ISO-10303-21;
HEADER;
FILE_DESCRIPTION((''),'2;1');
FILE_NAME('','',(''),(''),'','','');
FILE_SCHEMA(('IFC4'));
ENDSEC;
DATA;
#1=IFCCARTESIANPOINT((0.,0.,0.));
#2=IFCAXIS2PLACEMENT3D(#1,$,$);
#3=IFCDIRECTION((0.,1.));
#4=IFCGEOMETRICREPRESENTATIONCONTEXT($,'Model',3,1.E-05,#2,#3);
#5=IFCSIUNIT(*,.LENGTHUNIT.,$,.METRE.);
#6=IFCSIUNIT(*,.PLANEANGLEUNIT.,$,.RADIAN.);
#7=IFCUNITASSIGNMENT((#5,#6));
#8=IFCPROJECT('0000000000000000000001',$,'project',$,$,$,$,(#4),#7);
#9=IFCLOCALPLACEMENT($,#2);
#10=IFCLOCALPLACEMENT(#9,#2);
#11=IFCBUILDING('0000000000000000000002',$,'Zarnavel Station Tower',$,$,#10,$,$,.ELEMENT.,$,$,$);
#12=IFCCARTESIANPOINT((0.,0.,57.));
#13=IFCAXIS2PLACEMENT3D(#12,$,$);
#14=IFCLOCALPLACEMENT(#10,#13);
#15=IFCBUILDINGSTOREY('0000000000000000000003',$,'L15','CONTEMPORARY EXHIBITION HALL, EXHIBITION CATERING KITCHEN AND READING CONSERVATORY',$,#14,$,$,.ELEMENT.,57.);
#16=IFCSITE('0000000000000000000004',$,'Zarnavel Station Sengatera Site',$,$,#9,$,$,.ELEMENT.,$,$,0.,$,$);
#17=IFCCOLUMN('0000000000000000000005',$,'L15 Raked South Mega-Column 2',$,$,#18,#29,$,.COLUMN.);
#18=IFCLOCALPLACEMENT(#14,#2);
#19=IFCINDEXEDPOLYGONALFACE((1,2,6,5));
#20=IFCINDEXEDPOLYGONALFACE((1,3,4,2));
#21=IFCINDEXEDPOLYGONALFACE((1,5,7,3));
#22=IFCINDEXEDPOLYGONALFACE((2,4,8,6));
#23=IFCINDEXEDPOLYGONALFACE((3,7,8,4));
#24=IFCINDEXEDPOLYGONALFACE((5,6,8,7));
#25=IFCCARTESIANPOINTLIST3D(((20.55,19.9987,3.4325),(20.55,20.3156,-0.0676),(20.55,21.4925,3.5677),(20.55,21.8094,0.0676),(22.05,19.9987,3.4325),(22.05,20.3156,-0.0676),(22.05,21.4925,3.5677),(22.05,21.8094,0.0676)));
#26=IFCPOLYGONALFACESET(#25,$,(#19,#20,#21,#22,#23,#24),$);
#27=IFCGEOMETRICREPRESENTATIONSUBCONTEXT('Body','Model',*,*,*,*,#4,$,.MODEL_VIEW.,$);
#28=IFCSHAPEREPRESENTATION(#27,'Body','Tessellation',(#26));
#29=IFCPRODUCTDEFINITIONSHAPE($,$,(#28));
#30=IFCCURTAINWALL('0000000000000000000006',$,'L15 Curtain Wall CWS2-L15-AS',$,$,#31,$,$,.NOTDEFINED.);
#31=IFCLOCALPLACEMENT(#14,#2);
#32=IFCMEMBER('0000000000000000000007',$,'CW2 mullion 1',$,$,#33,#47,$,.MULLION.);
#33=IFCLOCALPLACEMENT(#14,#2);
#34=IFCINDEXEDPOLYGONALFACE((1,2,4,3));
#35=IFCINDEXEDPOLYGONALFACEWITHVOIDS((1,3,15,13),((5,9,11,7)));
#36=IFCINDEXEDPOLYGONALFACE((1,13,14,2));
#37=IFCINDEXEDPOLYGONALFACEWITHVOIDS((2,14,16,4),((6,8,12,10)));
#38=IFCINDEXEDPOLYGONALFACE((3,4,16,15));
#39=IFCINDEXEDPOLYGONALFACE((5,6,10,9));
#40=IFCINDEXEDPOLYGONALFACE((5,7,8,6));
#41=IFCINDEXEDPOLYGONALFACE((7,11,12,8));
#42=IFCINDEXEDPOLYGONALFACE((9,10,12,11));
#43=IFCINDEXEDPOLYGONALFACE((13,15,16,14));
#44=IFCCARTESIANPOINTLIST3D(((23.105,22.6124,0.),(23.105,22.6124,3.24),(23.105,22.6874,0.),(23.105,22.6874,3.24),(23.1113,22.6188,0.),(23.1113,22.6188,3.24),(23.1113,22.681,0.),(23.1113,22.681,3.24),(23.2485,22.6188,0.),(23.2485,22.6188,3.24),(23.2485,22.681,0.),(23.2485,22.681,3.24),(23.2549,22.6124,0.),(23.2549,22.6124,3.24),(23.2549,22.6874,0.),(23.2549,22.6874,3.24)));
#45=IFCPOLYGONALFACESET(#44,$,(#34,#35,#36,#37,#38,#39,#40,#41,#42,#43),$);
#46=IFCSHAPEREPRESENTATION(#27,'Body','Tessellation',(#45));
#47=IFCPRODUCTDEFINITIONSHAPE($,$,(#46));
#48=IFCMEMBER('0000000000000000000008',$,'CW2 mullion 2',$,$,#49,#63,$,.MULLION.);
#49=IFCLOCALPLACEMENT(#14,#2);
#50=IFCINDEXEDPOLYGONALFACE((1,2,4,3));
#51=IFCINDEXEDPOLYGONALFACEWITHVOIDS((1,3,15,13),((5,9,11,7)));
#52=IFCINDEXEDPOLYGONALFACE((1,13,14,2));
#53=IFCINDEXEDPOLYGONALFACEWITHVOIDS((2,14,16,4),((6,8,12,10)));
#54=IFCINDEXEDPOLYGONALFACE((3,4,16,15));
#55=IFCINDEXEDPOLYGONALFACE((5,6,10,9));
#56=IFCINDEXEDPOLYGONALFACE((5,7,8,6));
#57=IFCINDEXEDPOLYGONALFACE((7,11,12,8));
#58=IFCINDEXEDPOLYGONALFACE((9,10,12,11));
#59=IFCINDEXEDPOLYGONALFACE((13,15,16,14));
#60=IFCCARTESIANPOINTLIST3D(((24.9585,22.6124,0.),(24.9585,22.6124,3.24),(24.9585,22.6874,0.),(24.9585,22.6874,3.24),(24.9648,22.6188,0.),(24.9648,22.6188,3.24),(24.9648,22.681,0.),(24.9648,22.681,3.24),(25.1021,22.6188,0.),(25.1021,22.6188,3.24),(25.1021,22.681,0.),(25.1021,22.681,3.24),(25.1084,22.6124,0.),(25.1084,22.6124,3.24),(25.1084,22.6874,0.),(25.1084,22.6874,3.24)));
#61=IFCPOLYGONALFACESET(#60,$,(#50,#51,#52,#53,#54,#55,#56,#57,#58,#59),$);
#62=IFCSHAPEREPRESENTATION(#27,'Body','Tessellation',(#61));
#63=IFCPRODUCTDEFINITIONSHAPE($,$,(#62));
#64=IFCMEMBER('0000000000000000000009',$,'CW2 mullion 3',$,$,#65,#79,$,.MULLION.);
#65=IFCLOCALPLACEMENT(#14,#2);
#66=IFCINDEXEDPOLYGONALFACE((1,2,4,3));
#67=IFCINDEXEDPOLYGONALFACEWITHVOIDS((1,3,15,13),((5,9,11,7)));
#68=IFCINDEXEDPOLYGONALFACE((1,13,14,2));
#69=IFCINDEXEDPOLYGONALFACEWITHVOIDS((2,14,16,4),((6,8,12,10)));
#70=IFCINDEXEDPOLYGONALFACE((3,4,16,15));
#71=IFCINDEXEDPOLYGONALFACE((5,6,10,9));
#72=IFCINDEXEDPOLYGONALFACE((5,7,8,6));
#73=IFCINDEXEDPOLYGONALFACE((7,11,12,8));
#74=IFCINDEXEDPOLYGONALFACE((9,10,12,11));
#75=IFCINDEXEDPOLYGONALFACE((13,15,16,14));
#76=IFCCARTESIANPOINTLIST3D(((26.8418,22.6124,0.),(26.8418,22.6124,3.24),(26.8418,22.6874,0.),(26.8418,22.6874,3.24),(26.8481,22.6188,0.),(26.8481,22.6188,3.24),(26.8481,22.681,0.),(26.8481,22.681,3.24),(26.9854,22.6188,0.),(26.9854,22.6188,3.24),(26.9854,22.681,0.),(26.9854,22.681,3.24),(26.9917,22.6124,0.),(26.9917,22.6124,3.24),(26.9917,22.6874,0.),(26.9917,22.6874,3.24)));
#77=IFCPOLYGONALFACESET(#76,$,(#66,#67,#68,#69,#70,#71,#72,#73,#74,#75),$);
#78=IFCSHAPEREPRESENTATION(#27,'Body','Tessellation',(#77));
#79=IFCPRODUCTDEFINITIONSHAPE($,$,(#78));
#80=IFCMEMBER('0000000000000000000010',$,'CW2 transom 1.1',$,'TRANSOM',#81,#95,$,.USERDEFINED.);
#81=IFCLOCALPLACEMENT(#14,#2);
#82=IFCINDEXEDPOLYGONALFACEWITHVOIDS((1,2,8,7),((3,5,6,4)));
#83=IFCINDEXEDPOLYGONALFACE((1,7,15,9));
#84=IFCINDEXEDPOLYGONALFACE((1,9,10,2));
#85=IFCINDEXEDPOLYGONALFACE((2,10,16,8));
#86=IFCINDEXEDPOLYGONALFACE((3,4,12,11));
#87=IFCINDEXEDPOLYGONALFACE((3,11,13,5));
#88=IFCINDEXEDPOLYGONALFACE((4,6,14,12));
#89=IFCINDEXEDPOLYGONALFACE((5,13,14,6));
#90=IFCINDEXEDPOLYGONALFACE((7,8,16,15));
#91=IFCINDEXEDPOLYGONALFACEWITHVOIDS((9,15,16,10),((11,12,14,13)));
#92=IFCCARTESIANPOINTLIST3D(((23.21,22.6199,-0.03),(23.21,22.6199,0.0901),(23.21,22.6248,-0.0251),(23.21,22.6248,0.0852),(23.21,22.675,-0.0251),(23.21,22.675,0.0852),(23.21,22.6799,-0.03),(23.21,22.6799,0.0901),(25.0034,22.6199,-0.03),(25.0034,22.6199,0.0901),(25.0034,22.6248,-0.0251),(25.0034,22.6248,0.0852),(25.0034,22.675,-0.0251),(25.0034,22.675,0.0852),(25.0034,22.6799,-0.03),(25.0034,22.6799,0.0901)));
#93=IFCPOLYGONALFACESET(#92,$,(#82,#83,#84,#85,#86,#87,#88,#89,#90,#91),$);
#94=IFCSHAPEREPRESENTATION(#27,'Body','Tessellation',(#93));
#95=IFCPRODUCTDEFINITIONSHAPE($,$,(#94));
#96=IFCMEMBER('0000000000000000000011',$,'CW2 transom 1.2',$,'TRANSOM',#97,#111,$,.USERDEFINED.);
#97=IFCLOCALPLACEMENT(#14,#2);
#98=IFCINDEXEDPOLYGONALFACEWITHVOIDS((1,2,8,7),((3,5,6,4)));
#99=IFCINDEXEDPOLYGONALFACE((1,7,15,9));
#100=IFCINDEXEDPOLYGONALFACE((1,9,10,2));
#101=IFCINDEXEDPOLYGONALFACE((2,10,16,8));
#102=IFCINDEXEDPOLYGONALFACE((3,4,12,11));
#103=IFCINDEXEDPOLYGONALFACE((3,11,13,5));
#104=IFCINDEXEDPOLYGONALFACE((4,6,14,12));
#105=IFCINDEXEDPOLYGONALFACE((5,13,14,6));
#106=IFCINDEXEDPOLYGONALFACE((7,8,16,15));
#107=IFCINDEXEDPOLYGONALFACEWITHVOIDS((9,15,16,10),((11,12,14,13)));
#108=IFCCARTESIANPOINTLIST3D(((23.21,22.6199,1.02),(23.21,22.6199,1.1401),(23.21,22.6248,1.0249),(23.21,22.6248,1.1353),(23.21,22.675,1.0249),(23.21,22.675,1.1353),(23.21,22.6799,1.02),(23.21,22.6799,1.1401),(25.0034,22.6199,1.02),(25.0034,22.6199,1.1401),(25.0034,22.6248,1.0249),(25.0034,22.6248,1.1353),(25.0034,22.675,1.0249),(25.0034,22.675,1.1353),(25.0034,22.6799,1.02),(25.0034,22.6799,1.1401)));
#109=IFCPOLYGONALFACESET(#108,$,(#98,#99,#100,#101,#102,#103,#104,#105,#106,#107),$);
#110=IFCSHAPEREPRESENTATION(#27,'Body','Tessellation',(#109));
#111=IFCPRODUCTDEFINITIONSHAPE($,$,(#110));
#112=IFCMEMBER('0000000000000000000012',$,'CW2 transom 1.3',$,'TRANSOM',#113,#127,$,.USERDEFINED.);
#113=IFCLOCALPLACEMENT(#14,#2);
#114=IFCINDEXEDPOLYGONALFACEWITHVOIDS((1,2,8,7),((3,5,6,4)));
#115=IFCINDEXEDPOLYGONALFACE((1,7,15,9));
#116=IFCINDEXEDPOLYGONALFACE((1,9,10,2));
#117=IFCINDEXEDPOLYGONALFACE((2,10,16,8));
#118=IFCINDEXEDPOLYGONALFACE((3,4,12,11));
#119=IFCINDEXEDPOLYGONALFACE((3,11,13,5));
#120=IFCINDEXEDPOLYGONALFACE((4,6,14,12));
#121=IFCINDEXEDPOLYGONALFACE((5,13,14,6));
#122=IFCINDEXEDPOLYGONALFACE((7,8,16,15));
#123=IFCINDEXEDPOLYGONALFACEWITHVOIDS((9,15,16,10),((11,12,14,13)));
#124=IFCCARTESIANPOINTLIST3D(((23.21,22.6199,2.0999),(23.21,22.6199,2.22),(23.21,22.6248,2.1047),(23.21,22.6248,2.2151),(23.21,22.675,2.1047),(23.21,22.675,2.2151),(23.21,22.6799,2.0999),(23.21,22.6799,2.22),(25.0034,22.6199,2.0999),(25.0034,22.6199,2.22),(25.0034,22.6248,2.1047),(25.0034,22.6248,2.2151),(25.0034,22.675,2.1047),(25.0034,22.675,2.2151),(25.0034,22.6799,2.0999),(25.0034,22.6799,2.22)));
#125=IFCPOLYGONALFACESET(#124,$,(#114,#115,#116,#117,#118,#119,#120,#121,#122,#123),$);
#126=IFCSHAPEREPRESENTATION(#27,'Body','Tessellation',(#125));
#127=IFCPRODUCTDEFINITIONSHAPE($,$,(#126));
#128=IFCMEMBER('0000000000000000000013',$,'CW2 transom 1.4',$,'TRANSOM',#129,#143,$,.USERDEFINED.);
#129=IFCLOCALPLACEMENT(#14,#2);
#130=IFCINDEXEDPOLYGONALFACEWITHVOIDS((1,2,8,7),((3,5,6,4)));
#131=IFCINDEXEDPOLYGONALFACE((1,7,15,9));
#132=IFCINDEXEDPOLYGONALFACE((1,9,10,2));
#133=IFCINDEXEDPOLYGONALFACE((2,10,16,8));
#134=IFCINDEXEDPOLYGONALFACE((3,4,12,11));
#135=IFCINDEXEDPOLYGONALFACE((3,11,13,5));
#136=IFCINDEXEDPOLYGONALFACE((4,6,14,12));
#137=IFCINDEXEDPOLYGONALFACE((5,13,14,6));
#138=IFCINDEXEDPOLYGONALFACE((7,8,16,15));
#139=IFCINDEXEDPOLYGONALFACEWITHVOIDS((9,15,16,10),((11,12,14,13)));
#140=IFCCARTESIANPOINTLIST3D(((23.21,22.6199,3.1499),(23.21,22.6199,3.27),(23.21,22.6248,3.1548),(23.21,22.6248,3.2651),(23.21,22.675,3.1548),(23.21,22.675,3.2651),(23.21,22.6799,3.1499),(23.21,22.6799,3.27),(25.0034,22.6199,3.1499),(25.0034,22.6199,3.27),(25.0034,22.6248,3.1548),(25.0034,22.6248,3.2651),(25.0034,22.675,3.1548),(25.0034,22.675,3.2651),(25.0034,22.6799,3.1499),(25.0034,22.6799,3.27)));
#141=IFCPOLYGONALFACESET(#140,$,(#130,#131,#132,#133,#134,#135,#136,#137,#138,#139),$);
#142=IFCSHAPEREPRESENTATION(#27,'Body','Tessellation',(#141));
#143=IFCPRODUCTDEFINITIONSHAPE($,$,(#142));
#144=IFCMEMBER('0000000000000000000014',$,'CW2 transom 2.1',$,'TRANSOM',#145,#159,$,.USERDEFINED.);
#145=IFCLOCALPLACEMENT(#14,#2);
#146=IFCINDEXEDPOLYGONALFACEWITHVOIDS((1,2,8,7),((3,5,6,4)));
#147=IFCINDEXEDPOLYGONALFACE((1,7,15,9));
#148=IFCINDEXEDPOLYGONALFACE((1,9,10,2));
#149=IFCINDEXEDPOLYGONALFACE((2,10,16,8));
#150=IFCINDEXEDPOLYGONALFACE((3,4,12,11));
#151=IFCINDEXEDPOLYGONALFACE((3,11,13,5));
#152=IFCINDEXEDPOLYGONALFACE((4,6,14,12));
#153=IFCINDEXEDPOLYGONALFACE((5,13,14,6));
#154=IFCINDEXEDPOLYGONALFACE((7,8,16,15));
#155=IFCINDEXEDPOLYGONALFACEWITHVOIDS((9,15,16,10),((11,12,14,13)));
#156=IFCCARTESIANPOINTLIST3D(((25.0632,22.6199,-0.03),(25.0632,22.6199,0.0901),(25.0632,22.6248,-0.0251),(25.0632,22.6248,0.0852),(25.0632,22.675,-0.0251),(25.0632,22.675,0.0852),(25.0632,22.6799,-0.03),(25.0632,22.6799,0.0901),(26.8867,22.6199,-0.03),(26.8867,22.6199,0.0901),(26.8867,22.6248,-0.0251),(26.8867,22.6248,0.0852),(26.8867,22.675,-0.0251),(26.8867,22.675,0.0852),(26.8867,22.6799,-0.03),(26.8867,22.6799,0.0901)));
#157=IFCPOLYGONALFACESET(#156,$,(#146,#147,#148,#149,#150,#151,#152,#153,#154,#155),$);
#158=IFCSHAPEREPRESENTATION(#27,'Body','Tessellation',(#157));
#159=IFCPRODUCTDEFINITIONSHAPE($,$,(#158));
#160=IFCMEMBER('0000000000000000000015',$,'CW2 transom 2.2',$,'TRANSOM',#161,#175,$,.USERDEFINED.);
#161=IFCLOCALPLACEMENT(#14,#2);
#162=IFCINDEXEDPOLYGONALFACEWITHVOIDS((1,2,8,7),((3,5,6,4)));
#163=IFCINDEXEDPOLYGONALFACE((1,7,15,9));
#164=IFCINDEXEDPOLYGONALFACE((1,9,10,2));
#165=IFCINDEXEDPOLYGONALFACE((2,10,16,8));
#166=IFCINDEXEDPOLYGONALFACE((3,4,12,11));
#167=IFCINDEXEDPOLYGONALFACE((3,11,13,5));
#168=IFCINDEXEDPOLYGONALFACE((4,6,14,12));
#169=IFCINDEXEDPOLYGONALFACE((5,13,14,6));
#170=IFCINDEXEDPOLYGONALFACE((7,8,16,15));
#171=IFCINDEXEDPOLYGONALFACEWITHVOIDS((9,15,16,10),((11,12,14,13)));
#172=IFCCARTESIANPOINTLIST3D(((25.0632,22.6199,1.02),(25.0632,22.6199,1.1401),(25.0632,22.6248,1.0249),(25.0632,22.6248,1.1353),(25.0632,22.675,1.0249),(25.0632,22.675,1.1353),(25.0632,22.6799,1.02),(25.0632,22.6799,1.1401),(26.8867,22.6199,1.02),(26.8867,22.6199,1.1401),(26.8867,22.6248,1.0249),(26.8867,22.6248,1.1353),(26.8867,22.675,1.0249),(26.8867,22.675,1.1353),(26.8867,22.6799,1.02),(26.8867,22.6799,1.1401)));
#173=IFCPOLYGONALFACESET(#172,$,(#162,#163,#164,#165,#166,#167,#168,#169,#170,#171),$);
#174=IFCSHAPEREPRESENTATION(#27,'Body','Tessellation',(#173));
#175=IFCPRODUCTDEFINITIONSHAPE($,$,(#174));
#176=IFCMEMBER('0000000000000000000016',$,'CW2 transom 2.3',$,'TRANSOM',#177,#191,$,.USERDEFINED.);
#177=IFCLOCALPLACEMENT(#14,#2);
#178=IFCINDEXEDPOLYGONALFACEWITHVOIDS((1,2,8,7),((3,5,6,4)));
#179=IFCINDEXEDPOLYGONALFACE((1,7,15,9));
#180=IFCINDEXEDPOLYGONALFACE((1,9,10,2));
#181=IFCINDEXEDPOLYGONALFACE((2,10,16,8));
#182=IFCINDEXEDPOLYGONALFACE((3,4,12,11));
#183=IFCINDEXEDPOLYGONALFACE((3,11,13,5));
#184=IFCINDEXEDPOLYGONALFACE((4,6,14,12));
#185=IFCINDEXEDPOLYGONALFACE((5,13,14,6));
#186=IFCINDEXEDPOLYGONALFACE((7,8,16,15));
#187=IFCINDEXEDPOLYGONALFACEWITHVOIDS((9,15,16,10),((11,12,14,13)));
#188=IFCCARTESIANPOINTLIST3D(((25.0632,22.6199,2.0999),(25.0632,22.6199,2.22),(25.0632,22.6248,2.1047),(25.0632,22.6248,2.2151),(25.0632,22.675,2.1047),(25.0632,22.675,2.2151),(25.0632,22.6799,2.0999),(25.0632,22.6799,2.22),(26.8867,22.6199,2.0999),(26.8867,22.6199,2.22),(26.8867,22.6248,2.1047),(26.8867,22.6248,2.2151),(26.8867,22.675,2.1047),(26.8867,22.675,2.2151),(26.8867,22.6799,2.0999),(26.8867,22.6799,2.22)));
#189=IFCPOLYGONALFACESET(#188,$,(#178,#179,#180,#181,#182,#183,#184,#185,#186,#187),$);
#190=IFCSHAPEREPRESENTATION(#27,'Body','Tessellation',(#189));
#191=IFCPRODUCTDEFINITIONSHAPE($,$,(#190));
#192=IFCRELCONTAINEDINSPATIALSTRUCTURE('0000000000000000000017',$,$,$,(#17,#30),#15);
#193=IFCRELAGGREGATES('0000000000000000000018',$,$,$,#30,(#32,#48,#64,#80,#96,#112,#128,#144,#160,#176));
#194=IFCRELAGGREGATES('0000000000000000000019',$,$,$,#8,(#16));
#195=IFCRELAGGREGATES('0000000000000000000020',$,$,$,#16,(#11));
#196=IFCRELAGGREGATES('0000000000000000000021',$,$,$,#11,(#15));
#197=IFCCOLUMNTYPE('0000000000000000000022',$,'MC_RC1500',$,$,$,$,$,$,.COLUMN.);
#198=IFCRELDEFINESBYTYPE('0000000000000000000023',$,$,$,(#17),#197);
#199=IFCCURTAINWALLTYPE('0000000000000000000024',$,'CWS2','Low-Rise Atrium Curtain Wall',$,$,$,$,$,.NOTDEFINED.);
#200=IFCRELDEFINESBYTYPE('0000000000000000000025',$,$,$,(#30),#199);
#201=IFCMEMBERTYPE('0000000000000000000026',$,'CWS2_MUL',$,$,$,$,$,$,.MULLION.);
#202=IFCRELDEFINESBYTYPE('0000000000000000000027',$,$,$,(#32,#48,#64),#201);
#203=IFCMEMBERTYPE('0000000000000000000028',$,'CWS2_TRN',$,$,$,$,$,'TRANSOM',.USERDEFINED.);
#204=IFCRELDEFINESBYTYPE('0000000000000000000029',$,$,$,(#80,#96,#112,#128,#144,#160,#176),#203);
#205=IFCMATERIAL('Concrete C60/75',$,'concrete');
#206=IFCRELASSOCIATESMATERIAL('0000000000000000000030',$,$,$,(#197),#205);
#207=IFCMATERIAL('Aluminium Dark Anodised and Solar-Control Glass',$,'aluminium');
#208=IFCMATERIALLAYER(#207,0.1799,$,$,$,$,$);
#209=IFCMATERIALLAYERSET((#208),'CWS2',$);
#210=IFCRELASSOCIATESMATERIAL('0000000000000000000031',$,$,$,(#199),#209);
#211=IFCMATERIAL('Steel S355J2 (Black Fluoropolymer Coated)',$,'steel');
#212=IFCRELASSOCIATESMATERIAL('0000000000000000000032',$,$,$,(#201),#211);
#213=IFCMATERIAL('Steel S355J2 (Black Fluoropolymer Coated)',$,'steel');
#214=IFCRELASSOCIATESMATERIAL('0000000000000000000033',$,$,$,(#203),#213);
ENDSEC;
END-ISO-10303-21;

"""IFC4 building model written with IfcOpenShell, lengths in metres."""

from ifc_helpers import new_model, si_unit, direction, frame, origin, origin_2d, place, context, subcontext, project, spatial, rectangle, hollow_rectangle, extrude, material, layer, layer_set, material_profile, profile_set, type_object, element, aggregate, save


model = new_model("IFC4")

# Units and contexts
model_context = context("Model", 3, precision=1e-05, world=origin(), true_north=direction((0.0, 1.0)))
body_context = subcontext(model_context, "Body", "Model", "MODEL_VIEW")
ifc_project = project(units=[si_unit("LENGTHUNIT", "METRE"), si_unit("PLANEANGLEUNIT", "RADIAN")], contexts=[model_context])

# Site, building, storey
site_placement = place(None, origin())
site = spatial("IfcSite", under=ifc_project, at=site_placement, Name="Zarnavel Station Sengatera Site", CompositionType="ELEMENT", RefElevation=0.0)
building_placement = place(site_placement, origin())
building = spatial("IfcBuilding", under=site, at=building_placement, Name="Zarnavel Station Tower", CompositionType="ELEMENT")
storey_placement = place(building_placement, frame((0.0, 0.0, 57.0)))
storey = spatial("IfcBuildingStorey", under=building, at=storey_placement, Name="L15", Description="CONTEMPORARY EXHIBITION HALL, EXHIBITION CATERING KITCHEN AND READING CONSERVATORY", CompositionType="ELEMENT", Elevation=57.0)

# Column
ifc_material_1 = material(Name="Concrete C60/75", Category="concrete")
ifc_material_profile_1 = material_profile(ifc_material_1, rectangle(XDim=1.5, YDim=1.5, at=origin_2d()), Name="RC1500x1500")
ifc_profile_set_1 = profile_set([ifc_material_profile_1], Name="Concrete C60/75")
column_type = type_object("IfcColumnType", Name="MC_RC1500", PredefinedType="COLUMN", material=ifc_profile_set_1)
column_placement = place(storey_placement, frame((21.3, 21.0625, 0.0), z_axis=(0.0, -0.090172, 0.995926), x_axis=(1.0, 0.0, 0.0)))
element("IfcColumn", 1, at=column_placement, inside=storey, type_object=column_type, Name="L15 Raked South Mega-Column 2", PredefinedType="COLUMN", context=body_context, shape_type="SweptSolid", body=[
    extrude(rectangle(XDim=1.5, YDim=1.5, at=origin_2d()), origin(), (0.0, 0.0, 1.0), 3.5144),
])

# Curtain wall, members
ifc_material_2 = material(Name="Aluminium Dark Anodised and Solar-Control Glass", Category="aluminium")
ifc_layer_1 = layer(ifc_material_2, 0.1799)
ifc_layer_set_1 = layer_set([ifc_layer_1], Name="CWS2")
curtain_wall_type = type_object("IfcCurtainWallType", Name="CWS2", Description="Low-Rise Atrium Curtain Wall", PredefinedType="NOTDEFINED", material=ifc_layer_set_1)
curtain_wall_placement = place(storey_placement, origin())
curtain_wall = element("IfcCurtainWall", 2, at=curtain_wall_placement, inside=storey, type_object=curtain_wall_type, Name="L15 Curtain Wall CWS2-L15-AS", PredefinedType="NOTDEFINED")
ifc_material_3 = material(Name="Steel S355J2 (Black Fluoropolymer Coated)", Category="steel")
ifc_material_profile_2 = material_profile(ifc_material_3, hollow_rectangle(XDim=0.075, YDim=0.1499, WallThickness=0.0063, at=origin_2d()), Name="RHS150x75x6.3")
ifc_profile_set_2 = profile_set([ifc_material_profile_2], Name="Steel S355J2 (Black Fluoropolymer Coated)")
member_type_1 = type_object("IfcMemberType", Name="CWS2_MUL", PredefinedType="MULLION", material=ifc_profile_set_2)
member_1_placement = place(storey_placement, frame((23.1799, 22.6499, 0.0), z_axis=(0.0, 0.0, 1.0), x_axis=(0.0, 1.0, 0.0)))
member_1 = element("IfcMember", 3, at=member_1_placement, type_object=member_type_1, Name="CW2 mullion 1", PredefinedType="MULLION", context=body_context, shape_type="SweptSolid", body=[
    extrude(hollow_rectangle(XDim=0.075, YDim=0.1499, WallThickness=0.0063, at=origin_2d()), origin(), (0.0, 0.0, 1.0), 3.24),
])
member_2_placement = place(storey_placement, frame((25.0334, 22.6499, 0.0), z_axis=(0.0, 0.0, 1.0), x_axis=(0.0, 1.0, 0.0)))
member_2 = element("IfcMember", 4, at=member_2_placement, type_object=member_type_1, Name="CW2 mullion 2", PredefinedType="MULLION", context=body_context, shape_type="SweptSolid", body=[
    extrude(hollow_rectangle(XDim=0.075, YDim=0.1499, WallThickness=0.0063, at=origin_2d()), origin(), (0.0, 0.0, 1.0), 3.24),
])
member_3_placement = place(storey_placement, frame((26.9167, 22.6499, 0.0), z_axis=(0.0, 0.0, 1.0), x_axis=(0.0, 1.0, 0.0)))
member_3 = element("IfcMember", 5, at=member_3_placement, type_object=member_type_1, Name="CW2 mullion 3", PredefinedType="MULLION", context=body_context, shape_type="SweptSolid", body=[
    extrude(hollow_rectangle(XDim=0.075, YDim=0.1499, WallThickness=0.0063, at=origin_2d()), origin(), (0.0, 0.0, 1.0), 3.24),
])
ifc_material_4 = material(Name="Steel S355J2 (Black Fluoropolymer Coated)", Category="steel")
ifc_material_profile_3 = material_profile(ifc_material_4, hollow_rectangle(XDim=0.0601, YDim=0.1201, WallThickness=0.0049, at=origin_2d()), Name="RHS120x60x5")
ifc_profile_set_3 = profile_set([ifc_material_profile_3], Name="Steel S355J2 (Black Fluoropolymer Coated)")
member_type_2 = type_object("IfcMemberType", Name="CWS2_TRN", ElementType="TRANSOM", PredefinedType="USERDEFINED", material=ifc_profile_set_3)
member_4_placement = place(storey_placement, frame((23.21, 22.6499, 0.03), z_axis=(1.0, 0.0, 0.0), x_axis=(0.0, 1.0, 0.0)))
member_4 = element("IfcMember", 6, at=member_4_placement, type_object=member_type_2, Name="CW2 transom 1.1", ObjectType="TRANSOM", PredefinedType="USERDEFINED", context=body_context, shape_type="SweptSolid", body=[
    extrude(hollow_rectangle(XDim=0.0601, YDim=0.1201, WallThickness=0.0049, at=origin_2d()), origin(), (0.0, 0.0, 1.0), 1.7935),
])
member_5_placement = place(storey_placement, frame((23.21, 22.6499, 1.0801), z_axis=(1.0, 0.0, 0.0), x_axis=(0.0, 1.0, 0.0)))
member_5 = element("IfcMember", 7, at=member_5_placement, type_object=member_type_2, Name="CW2 transom 1.2", ObjectType="TRANSOM", PredefinedType="USERDEFINED", context=body_context, shape_type="SweptSolid", body=[
    extrude(hollow_rectangle(XDim=0.0601, YDim=0.1201, WallThickness=0.0049, at=origin_2d()), origin(), (0.0, 0.0, 1.0), 1.7935),
])
member_6_placement = place(storey_placement, frame((23.21, 22.6499, 2.1599), z_axis=(1.0, 0.0, 0.0), x_axis=(0.0, 1.0, 0.0)))
member_6 = element("IfcMember", 8, at=member_6_placement, type_object=member_type_2, Name="CW2 transom 1.3", ObjectType="TRANSOM", PredefinedType="USERDEFINED", context=body_context, shape_type="SweptSolid", body=[
    extrude(hollow_rectangle(XDim=0.0601, YDim=0.1201, WallThickness=0.0049, at=origin_2d()), origin(), (0.0, 0.0, 1.0), 1.7935),
])
member_7_placement = place(storey_placement, frame((23.21, 22.6499, 3.21), z_axis=(1.0, 0.0, 0.0), x_axis=(0.0, 1.0, 0.0)))
member_7 = element("IfcMember", 9, at=member_7_placement, type_object=member_type_2, Name="CW2 transom 1.4", ObjectType="TRANSOM", PredefinedType="USERDEFINED", context=body_context, shape_type="SweptSolid", body=[
    extrude(hollow_rectangle(XDim=0.0601, YDim=0.1201, WallThickness=0.0049, at=origin_2d()), origin(), (0.0, 0.0, 1.0), 1.7935),
])
member_8_placement = place(storey_placement, frame((25.0632, 22.6499, 0.03), z_axis=(1.0, 0.0, 0.0), x_axis=(0.0, 1.0, 0.0)))
member_8 = element("IfcMember", 10, at=member_8_placement, type_object=member_type_2, Name="CW2 transom 2.1", ObjectType="TRANSOM", PredefinedType="USERDEFINED", context=body_context, shape_type="SweptSolid", body=[
    extrude(hollow_rectangle(XDim=0.0601, YDim=0.1201, WallThickness=0.0049, at=origin_2d()), origin(), (0.0, 0.0, 1.0), 1.8235),
])
member_9_placement = place(storey_placement, frame((25.0632, 22.6499, 1.0801), z_axis=(1.0, 0.0, 0.0), x_axis=(0.0, 1.0, 0.0)))
member_9 = element("IfcMember", 11, at=member_9_placement, type_object=member_type_2, Name="CW2 transom 2.2", ObjectType="TRANSOM", PredefinedType="USERDEFINED", context=body_context, shape_type="SweptSolid", body=[
    extrude(hollow_rectangle(XDim=0.0601, YDim=0.1201, WallThickness=0.0049, at=origin_2d()), origin(), (0.0, 0.0, 1.0), 1.8235),
])
member_10_placement = place(storey_placement, frame((25.0632, 22.6499, 2.1599), z_axis=(1.0, 0.0, 0.0), x_axis=(0.0, 1.0, 0.0)))
member_10 = element("IfcMember", 12, at=member_10_placement, type_object=member_type_2, Name="CW2 transom 2.3", ObjectType="TRANSOM", PredefinedType="USERDEFINED", context=body_context, shape_type="SweptSolid", body=[
    extrude(hollow_rectangle(XDim=0.0601, YDim=0.1201, WallThickness=0.0049, at=origin_2d()), origin(), (0.0, 0.0, 1.0), 1.8235),
])

aggregate(curtain_wall, [member_1, member_2, member_3, member_4, member_5, member_6, member_7, member_8, member_9, member_10])

save(model, "model.ifc")
